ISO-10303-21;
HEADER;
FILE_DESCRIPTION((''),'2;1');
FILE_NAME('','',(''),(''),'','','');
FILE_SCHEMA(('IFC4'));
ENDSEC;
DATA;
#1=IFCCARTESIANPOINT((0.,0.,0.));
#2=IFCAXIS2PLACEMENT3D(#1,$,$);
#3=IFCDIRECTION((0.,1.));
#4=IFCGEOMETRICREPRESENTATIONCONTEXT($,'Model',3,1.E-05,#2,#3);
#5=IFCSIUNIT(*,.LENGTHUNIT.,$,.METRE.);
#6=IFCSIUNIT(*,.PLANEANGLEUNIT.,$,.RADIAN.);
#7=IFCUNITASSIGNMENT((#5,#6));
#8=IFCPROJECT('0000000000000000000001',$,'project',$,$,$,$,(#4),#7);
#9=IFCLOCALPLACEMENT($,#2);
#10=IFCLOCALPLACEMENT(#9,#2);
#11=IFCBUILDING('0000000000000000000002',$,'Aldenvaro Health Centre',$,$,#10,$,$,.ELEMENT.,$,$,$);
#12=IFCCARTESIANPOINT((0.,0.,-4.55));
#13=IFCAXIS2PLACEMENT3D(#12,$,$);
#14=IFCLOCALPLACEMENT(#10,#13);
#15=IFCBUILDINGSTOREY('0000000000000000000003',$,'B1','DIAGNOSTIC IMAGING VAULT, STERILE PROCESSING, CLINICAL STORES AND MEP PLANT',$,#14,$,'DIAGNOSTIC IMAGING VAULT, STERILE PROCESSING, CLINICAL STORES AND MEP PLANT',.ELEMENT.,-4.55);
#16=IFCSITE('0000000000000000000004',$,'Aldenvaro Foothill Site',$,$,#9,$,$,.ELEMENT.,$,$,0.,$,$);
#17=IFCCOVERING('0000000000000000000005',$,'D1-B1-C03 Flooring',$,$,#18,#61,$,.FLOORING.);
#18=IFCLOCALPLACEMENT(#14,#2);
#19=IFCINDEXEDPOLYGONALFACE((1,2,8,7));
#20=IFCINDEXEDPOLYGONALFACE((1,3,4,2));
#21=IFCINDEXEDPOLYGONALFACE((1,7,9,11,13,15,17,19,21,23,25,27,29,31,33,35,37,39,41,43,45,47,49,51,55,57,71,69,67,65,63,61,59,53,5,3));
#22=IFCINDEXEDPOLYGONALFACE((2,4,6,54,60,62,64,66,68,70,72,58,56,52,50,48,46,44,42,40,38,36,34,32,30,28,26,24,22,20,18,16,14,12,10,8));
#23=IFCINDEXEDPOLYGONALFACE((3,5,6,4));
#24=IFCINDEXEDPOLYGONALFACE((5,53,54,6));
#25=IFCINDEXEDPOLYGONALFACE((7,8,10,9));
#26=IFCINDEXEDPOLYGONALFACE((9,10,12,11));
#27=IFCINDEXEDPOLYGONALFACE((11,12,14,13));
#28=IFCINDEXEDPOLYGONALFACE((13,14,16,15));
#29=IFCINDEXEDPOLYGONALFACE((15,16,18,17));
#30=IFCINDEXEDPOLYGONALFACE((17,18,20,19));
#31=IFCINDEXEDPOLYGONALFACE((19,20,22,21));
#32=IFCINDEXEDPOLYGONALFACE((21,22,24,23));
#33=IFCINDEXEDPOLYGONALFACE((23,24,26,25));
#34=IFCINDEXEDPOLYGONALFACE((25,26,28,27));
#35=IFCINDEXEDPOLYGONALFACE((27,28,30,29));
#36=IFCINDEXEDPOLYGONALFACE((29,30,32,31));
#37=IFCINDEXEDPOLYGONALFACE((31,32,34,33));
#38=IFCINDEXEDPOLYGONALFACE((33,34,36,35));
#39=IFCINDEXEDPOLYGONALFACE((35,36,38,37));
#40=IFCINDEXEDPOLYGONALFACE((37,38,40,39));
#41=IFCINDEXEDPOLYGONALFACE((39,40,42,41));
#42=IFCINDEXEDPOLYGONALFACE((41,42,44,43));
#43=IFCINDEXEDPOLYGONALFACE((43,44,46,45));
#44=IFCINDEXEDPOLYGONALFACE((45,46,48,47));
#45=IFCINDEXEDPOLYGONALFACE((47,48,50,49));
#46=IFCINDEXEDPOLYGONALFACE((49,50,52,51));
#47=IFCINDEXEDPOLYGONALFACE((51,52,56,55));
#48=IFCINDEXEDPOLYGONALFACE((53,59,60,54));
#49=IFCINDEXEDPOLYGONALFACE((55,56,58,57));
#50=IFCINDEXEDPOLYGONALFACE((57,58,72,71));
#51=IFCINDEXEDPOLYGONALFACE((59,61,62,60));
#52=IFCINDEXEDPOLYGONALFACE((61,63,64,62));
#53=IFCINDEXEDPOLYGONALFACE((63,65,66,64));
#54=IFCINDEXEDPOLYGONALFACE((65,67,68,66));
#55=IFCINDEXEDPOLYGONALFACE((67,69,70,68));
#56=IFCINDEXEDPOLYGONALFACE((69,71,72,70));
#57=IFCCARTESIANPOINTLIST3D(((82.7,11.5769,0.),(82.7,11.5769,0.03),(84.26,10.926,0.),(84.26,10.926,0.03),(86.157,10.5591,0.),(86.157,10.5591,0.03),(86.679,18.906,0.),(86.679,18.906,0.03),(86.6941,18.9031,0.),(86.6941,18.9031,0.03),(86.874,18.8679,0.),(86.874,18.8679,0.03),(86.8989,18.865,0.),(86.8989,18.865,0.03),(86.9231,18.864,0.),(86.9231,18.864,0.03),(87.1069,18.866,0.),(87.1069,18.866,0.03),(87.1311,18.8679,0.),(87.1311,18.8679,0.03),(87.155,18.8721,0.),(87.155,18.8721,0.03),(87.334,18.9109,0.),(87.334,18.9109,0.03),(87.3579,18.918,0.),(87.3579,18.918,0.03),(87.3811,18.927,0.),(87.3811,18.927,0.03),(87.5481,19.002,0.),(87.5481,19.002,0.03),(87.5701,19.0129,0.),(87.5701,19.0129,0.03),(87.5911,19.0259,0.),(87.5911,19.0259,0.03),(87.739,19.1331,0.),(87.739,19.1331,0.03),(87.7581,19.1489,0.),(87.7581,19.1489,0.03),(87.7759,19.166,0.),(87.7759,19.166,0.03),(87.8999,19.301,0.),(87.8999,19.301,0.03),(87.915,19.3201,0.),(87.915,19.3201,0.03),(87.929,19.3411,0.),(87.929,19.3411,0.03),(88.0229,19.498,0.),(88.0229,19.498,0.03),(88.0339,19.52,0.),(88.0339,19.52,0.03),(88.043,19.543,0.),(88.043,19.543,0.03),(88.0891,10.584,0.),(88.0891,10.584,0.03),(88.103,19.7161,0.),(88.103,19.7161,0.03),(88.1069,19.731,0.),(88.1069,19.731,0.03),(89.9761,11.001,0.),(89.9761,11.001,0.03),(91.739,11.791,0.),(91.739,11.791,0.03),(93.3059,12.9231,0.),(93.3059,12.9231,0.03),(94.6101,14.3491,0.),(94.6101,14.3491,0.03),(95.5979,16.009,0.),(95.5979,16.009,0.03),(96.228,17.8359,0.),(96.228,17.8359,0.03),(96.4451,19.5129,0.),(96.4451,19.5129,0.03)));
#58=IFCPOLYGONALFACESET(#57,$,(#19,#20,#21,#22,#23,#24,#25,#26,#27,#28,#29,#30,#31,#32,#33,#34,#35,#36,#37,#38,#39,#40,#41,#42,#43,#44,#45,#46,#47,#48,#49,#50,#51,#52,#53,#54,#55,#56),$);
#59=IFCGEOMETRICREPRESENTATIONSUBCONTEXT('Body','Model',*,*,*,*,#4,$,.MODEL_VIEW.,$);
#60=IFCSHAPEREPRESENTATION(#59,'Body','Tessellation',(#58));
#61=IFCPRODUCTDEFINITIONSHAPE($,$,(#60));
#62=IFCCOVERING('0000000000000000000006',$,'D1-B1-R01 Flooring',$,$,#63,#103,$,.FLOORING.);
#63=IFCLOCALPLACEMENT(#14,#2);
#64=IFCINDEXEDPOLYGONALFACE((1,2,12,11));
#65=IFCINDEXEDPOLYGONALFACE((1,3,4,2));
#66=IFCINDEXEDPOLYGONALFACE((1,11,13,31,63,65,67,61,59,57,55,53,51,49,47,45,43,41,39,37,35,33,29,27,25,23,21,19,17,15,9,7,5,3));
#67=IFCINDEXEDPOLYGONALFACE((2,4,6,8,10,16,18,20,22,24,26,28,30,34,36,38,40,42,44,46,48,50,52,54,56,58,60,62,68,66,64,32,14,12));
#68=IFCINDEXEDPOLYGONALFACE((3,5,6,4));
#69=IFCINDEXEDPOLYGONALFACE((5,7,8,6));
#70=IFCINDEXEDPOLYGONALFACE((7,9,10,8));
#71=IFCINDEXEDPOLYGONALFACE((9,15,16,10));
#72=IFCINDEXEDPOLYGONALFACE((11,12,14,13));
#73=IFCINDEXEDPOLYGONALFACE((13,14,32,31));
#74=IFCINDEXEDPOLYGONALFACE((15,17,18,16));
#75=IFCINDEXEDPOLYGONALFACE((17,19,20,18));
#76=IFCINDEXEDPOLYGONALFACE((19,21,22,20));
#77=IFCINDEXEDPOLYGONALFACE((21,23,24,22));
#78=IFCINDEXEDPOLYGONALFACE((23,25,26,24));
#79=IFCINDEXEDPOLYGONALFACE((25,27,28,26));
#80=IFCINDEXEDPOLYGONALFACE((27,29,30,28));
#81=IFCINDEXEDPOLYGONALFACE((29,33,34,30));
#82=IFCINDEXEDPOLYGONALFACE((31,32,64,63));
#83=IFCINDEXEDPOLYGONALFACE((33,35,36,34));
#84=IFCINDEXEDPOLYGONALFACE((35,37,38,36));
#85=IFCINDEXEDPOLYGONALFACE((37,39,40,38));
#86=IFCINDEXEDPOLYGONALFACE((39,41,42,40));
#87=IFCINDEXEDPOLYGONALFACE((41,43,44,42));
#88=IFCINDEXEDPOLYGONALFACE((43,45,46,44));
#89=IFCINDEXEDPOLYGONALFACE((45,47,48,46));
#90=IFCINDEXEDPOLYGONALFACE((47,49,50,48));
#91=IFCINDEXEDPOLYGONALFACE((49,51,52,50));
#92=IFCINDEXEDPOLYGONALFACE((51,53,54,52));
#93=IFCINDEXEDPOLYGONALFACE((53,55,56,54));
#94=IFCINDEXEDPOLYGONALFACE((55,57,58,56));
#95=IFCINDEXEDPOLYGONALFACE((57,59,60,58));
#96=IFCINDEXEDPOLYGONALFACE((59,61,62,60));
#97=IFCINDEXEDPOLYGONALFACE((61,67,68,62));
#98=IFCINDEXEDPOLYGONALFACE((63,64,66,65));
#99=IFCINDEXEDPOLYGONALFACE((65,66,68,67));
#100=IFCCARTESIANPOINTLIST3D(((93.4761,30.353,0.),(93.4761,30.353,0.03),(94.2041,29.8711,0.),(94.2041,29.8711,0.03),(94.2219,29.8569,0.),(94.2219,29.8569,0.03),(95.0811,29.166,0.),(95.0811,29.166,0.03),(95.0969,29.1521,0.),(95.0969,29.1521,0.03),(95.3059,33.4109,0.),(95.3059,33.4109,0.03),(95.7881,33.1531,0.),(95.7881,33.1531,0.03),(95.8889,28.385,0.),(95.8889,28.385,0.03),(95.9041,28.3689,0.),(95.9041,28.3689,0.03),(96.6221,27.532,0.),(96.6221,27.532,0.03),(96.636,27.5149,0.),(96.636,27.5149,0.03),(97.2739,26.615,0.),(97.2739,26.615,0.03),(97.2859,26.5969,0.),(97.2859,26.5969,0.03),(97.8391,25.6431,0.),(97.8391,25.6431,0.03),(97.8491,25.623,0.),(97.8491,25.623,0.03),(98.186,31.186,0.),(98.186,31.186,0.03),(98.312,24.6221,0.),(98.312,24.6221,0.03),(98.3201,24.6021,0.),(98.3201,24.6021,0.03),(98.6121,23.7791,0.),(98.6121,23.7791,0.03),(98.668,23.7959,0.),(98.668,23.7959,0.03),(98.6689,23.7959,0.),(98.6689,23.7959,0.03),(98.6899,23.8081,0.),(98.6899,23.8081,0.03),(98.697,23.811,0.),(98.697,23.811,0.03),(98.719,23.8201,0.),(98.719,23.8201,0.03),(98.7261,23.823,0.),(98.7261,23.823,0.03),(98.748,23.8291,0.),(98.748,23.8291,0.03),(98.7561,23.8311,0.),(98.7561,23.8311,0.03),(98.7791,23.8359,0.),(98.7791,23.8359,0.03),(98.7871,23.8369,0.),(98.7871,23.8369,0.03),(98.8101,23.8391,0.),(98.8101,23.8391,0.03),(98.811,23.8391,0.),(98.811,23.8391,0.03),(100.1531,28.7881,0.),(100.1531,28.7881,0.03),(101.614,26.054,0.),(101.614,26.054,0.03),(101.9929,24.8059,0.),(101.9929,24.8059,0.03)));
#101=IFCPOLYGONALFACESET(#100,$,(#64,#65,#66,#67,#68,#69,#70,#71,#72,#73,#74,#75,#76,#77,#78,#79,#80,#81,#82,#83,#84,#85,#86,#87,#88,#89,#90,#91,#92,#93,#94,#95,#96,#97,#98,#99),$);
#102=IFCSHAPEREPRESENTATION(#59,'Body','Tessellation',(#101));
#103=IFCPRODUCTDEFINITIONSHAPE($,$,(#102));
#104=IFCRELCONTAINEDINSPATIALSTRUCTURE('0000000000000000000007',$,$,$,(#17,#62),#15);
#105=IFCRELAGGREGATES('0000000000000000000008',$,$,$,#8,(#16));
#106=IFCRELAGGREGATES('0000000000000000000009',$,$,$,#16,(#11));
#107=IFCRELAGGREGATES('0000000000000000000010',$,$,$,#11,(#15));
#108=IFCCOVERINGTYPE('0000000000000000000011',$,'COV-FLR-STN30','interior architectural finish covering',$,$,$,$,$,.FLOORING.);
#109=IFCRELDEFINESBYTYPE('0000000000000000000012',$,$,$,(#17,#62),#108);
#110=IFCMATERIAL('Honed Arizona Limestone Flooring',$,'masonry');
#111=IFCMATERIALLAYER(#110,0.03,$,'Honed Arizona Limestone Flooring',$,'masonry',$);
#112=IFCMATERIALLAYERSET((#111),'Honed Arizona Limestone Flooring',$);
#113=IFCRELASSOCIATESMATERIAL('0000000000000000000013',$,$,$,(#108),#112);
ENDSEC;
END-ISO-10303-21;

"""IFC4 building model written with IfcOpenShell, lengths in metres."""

from ifc_helpers import new_model, si_unit, direction, frame, origin, place, context, subcontext, project, spatial, polyline, outline, extrude, material, layer, layer_set, type_object, element, save


model = new_model("IFC4")

# Units and contexts
model_context = context("Model", 3, precision=1e-05, world=origin(), true_north=direction((0.0, 1.0)))
body_context = subcontext(model_context, "Body", "Model", "MODEL_VIEW")
ifc_project = project(units=[si_unit("LENGTHUNIT", "METRE"), si_unit("PLANEANGLEUNIT", "RADIAN")], contexts=[model_context])

# Site, building, storey
site_placement = place(None, origin())
site = spatial("IfcSite", under=ifc_project, at=site_placement, Name="Aldenvaro Foothill Site", CompositionType="ELEMENT", RefElevation=0.0)
building_placement = place(site_placement, origin())
building = spatial("IfcBuilding", under=site, at=building_placement, Name="Aldenvaro Health Centre", CompositionType="ELEMENT")
storey_placement = place(building_placement, frame((0.0, 0.0, -4.55)))
storey = spatial("IfcBuildingStorey", under=building, at=storey_placement, Name="B1", Description="DIAGNOSTIC IMAGING VAULT, STERILE PROCESSING, CLINICAL STORES AND MEP PLANT", LongName="DIAGNOSTIC IMAGING VAULT, STERILE PROCESSING, CLINICAL STORES AND MEP PLANT", CompositionType="ELEMENT", Elevation=-4.55)

# Coverings
ifc_material_1 = material(Name="Honed Arizona Limestone Flooring", Category="masonry")
ifc_layer_1 = layer(ifc_material_1, 0.03, Name="Honed Arizona Limestone Flooring", Category="masonry")
ifc_layer_set_1 = layer_set([ifc_layer_1], Name="Honed Arizona Limestone Flooring")
covering_type_1 = type_object("IfcCoveringType", Name="COV-FLR-STN30", Description="interior architectural finish covering", PredefinedType="FLOORING", material=ifc_layer_set_1)
covering_1_placement = place(storey_placement, origin())
element("IfcCovering", 1, at=covering_1_placement, inside=storey, type_object=covering_type_1, Name="D1-B1-C03 Flooring", PredefinedType="FLOORING", context=body_context, shape_type="SweptSolid", body=[
    extrude(outline(polyline([(82.7, 11.5769), (86.679, 18.906), (86.6941, 18.9031), (86.874, 18.8679), (86.8989, 18.865), (86.9231, 18.864), (87.1069, 18.866), (87.1311, 18.8679), (87.155, 18.8721), (87.334, 18.9109), (87.3579, 18.918), (87.3811, 18.927), (87.5481, 19.002), (87.5701, 19.0129), (87.5911, 19.0259), (87.739, 19.1331), (87.7581, 19.1489), (87.7759, 19.166), (87.8999, 19.301), (87.915, 19.3201), (87.929, 19.3411), (88.0229, 19.498), (88.0339, 19.52), (88.043, 19.543), (88.103, 19.7161), (88.1069, 19.731), (96.4451, 19.5129), (96.228, 17.8359), (95.5979, 16.009), (94.6101, 14.3491), (93.3059, 12.9231), (91.739, 11.791), (89.9761, 11.001), (88.0891, 10.584), (86.157, 10.5591), (84.26, 10.926), (82.7, 11.5769)])), origin(), (0.0, 0.0, 1.0), 0.03),
])
covering_2_placement = place(storey_placement, origin())
element("IfcCovering", 2, at=covering_2_placement, inside=storey, type_object=covering_type_1, Name="D1-B1-R01 Flooring", PredefinedType="FLOORING", context=body_context, shape_type="SweptSolid", body=[
    extrude(outline(polyline([(98.3201, 24.6021), (98.312, 24.6221), (97.8491, 25.623), (97.8391, 25.6431), (97.2859, 26.5969), (97.2739, 26.615), (96.636, 27.5149), (96.6221, 27.532), (95.9041, 28.3689), (95.8889, 28.385), (95.0969, 29.1521), (95.0811, 29.166), (94.2219, 29.8569), (94.2041, 29.8711), (93.4761, 30.353), (95.3059, 33.4109), (95.7881, 33.1531), (98.186, 31.186), (100.1531, 28.7881), (101.614, 26.054), (101.9929, 24.8059), (98.811, 23.8391), (98.8101, 23.8391), (98.7871, 23.8369), (98.7791, 23.8359), (98.7561, 23.8311), (98.748, 23.8291), (98.7261, 23.823), (98.719, 23.8201), (98.697, 23.811), (98.6899, 23.8081), (98.6689, 23.7959), (98.668, 23.7959), (98.6121, 23.7791), (98.3201, 24.6021)])), origin(), (0.0, 0.0, 1.0), 0.03),
])

save(model, "model.ifc")
